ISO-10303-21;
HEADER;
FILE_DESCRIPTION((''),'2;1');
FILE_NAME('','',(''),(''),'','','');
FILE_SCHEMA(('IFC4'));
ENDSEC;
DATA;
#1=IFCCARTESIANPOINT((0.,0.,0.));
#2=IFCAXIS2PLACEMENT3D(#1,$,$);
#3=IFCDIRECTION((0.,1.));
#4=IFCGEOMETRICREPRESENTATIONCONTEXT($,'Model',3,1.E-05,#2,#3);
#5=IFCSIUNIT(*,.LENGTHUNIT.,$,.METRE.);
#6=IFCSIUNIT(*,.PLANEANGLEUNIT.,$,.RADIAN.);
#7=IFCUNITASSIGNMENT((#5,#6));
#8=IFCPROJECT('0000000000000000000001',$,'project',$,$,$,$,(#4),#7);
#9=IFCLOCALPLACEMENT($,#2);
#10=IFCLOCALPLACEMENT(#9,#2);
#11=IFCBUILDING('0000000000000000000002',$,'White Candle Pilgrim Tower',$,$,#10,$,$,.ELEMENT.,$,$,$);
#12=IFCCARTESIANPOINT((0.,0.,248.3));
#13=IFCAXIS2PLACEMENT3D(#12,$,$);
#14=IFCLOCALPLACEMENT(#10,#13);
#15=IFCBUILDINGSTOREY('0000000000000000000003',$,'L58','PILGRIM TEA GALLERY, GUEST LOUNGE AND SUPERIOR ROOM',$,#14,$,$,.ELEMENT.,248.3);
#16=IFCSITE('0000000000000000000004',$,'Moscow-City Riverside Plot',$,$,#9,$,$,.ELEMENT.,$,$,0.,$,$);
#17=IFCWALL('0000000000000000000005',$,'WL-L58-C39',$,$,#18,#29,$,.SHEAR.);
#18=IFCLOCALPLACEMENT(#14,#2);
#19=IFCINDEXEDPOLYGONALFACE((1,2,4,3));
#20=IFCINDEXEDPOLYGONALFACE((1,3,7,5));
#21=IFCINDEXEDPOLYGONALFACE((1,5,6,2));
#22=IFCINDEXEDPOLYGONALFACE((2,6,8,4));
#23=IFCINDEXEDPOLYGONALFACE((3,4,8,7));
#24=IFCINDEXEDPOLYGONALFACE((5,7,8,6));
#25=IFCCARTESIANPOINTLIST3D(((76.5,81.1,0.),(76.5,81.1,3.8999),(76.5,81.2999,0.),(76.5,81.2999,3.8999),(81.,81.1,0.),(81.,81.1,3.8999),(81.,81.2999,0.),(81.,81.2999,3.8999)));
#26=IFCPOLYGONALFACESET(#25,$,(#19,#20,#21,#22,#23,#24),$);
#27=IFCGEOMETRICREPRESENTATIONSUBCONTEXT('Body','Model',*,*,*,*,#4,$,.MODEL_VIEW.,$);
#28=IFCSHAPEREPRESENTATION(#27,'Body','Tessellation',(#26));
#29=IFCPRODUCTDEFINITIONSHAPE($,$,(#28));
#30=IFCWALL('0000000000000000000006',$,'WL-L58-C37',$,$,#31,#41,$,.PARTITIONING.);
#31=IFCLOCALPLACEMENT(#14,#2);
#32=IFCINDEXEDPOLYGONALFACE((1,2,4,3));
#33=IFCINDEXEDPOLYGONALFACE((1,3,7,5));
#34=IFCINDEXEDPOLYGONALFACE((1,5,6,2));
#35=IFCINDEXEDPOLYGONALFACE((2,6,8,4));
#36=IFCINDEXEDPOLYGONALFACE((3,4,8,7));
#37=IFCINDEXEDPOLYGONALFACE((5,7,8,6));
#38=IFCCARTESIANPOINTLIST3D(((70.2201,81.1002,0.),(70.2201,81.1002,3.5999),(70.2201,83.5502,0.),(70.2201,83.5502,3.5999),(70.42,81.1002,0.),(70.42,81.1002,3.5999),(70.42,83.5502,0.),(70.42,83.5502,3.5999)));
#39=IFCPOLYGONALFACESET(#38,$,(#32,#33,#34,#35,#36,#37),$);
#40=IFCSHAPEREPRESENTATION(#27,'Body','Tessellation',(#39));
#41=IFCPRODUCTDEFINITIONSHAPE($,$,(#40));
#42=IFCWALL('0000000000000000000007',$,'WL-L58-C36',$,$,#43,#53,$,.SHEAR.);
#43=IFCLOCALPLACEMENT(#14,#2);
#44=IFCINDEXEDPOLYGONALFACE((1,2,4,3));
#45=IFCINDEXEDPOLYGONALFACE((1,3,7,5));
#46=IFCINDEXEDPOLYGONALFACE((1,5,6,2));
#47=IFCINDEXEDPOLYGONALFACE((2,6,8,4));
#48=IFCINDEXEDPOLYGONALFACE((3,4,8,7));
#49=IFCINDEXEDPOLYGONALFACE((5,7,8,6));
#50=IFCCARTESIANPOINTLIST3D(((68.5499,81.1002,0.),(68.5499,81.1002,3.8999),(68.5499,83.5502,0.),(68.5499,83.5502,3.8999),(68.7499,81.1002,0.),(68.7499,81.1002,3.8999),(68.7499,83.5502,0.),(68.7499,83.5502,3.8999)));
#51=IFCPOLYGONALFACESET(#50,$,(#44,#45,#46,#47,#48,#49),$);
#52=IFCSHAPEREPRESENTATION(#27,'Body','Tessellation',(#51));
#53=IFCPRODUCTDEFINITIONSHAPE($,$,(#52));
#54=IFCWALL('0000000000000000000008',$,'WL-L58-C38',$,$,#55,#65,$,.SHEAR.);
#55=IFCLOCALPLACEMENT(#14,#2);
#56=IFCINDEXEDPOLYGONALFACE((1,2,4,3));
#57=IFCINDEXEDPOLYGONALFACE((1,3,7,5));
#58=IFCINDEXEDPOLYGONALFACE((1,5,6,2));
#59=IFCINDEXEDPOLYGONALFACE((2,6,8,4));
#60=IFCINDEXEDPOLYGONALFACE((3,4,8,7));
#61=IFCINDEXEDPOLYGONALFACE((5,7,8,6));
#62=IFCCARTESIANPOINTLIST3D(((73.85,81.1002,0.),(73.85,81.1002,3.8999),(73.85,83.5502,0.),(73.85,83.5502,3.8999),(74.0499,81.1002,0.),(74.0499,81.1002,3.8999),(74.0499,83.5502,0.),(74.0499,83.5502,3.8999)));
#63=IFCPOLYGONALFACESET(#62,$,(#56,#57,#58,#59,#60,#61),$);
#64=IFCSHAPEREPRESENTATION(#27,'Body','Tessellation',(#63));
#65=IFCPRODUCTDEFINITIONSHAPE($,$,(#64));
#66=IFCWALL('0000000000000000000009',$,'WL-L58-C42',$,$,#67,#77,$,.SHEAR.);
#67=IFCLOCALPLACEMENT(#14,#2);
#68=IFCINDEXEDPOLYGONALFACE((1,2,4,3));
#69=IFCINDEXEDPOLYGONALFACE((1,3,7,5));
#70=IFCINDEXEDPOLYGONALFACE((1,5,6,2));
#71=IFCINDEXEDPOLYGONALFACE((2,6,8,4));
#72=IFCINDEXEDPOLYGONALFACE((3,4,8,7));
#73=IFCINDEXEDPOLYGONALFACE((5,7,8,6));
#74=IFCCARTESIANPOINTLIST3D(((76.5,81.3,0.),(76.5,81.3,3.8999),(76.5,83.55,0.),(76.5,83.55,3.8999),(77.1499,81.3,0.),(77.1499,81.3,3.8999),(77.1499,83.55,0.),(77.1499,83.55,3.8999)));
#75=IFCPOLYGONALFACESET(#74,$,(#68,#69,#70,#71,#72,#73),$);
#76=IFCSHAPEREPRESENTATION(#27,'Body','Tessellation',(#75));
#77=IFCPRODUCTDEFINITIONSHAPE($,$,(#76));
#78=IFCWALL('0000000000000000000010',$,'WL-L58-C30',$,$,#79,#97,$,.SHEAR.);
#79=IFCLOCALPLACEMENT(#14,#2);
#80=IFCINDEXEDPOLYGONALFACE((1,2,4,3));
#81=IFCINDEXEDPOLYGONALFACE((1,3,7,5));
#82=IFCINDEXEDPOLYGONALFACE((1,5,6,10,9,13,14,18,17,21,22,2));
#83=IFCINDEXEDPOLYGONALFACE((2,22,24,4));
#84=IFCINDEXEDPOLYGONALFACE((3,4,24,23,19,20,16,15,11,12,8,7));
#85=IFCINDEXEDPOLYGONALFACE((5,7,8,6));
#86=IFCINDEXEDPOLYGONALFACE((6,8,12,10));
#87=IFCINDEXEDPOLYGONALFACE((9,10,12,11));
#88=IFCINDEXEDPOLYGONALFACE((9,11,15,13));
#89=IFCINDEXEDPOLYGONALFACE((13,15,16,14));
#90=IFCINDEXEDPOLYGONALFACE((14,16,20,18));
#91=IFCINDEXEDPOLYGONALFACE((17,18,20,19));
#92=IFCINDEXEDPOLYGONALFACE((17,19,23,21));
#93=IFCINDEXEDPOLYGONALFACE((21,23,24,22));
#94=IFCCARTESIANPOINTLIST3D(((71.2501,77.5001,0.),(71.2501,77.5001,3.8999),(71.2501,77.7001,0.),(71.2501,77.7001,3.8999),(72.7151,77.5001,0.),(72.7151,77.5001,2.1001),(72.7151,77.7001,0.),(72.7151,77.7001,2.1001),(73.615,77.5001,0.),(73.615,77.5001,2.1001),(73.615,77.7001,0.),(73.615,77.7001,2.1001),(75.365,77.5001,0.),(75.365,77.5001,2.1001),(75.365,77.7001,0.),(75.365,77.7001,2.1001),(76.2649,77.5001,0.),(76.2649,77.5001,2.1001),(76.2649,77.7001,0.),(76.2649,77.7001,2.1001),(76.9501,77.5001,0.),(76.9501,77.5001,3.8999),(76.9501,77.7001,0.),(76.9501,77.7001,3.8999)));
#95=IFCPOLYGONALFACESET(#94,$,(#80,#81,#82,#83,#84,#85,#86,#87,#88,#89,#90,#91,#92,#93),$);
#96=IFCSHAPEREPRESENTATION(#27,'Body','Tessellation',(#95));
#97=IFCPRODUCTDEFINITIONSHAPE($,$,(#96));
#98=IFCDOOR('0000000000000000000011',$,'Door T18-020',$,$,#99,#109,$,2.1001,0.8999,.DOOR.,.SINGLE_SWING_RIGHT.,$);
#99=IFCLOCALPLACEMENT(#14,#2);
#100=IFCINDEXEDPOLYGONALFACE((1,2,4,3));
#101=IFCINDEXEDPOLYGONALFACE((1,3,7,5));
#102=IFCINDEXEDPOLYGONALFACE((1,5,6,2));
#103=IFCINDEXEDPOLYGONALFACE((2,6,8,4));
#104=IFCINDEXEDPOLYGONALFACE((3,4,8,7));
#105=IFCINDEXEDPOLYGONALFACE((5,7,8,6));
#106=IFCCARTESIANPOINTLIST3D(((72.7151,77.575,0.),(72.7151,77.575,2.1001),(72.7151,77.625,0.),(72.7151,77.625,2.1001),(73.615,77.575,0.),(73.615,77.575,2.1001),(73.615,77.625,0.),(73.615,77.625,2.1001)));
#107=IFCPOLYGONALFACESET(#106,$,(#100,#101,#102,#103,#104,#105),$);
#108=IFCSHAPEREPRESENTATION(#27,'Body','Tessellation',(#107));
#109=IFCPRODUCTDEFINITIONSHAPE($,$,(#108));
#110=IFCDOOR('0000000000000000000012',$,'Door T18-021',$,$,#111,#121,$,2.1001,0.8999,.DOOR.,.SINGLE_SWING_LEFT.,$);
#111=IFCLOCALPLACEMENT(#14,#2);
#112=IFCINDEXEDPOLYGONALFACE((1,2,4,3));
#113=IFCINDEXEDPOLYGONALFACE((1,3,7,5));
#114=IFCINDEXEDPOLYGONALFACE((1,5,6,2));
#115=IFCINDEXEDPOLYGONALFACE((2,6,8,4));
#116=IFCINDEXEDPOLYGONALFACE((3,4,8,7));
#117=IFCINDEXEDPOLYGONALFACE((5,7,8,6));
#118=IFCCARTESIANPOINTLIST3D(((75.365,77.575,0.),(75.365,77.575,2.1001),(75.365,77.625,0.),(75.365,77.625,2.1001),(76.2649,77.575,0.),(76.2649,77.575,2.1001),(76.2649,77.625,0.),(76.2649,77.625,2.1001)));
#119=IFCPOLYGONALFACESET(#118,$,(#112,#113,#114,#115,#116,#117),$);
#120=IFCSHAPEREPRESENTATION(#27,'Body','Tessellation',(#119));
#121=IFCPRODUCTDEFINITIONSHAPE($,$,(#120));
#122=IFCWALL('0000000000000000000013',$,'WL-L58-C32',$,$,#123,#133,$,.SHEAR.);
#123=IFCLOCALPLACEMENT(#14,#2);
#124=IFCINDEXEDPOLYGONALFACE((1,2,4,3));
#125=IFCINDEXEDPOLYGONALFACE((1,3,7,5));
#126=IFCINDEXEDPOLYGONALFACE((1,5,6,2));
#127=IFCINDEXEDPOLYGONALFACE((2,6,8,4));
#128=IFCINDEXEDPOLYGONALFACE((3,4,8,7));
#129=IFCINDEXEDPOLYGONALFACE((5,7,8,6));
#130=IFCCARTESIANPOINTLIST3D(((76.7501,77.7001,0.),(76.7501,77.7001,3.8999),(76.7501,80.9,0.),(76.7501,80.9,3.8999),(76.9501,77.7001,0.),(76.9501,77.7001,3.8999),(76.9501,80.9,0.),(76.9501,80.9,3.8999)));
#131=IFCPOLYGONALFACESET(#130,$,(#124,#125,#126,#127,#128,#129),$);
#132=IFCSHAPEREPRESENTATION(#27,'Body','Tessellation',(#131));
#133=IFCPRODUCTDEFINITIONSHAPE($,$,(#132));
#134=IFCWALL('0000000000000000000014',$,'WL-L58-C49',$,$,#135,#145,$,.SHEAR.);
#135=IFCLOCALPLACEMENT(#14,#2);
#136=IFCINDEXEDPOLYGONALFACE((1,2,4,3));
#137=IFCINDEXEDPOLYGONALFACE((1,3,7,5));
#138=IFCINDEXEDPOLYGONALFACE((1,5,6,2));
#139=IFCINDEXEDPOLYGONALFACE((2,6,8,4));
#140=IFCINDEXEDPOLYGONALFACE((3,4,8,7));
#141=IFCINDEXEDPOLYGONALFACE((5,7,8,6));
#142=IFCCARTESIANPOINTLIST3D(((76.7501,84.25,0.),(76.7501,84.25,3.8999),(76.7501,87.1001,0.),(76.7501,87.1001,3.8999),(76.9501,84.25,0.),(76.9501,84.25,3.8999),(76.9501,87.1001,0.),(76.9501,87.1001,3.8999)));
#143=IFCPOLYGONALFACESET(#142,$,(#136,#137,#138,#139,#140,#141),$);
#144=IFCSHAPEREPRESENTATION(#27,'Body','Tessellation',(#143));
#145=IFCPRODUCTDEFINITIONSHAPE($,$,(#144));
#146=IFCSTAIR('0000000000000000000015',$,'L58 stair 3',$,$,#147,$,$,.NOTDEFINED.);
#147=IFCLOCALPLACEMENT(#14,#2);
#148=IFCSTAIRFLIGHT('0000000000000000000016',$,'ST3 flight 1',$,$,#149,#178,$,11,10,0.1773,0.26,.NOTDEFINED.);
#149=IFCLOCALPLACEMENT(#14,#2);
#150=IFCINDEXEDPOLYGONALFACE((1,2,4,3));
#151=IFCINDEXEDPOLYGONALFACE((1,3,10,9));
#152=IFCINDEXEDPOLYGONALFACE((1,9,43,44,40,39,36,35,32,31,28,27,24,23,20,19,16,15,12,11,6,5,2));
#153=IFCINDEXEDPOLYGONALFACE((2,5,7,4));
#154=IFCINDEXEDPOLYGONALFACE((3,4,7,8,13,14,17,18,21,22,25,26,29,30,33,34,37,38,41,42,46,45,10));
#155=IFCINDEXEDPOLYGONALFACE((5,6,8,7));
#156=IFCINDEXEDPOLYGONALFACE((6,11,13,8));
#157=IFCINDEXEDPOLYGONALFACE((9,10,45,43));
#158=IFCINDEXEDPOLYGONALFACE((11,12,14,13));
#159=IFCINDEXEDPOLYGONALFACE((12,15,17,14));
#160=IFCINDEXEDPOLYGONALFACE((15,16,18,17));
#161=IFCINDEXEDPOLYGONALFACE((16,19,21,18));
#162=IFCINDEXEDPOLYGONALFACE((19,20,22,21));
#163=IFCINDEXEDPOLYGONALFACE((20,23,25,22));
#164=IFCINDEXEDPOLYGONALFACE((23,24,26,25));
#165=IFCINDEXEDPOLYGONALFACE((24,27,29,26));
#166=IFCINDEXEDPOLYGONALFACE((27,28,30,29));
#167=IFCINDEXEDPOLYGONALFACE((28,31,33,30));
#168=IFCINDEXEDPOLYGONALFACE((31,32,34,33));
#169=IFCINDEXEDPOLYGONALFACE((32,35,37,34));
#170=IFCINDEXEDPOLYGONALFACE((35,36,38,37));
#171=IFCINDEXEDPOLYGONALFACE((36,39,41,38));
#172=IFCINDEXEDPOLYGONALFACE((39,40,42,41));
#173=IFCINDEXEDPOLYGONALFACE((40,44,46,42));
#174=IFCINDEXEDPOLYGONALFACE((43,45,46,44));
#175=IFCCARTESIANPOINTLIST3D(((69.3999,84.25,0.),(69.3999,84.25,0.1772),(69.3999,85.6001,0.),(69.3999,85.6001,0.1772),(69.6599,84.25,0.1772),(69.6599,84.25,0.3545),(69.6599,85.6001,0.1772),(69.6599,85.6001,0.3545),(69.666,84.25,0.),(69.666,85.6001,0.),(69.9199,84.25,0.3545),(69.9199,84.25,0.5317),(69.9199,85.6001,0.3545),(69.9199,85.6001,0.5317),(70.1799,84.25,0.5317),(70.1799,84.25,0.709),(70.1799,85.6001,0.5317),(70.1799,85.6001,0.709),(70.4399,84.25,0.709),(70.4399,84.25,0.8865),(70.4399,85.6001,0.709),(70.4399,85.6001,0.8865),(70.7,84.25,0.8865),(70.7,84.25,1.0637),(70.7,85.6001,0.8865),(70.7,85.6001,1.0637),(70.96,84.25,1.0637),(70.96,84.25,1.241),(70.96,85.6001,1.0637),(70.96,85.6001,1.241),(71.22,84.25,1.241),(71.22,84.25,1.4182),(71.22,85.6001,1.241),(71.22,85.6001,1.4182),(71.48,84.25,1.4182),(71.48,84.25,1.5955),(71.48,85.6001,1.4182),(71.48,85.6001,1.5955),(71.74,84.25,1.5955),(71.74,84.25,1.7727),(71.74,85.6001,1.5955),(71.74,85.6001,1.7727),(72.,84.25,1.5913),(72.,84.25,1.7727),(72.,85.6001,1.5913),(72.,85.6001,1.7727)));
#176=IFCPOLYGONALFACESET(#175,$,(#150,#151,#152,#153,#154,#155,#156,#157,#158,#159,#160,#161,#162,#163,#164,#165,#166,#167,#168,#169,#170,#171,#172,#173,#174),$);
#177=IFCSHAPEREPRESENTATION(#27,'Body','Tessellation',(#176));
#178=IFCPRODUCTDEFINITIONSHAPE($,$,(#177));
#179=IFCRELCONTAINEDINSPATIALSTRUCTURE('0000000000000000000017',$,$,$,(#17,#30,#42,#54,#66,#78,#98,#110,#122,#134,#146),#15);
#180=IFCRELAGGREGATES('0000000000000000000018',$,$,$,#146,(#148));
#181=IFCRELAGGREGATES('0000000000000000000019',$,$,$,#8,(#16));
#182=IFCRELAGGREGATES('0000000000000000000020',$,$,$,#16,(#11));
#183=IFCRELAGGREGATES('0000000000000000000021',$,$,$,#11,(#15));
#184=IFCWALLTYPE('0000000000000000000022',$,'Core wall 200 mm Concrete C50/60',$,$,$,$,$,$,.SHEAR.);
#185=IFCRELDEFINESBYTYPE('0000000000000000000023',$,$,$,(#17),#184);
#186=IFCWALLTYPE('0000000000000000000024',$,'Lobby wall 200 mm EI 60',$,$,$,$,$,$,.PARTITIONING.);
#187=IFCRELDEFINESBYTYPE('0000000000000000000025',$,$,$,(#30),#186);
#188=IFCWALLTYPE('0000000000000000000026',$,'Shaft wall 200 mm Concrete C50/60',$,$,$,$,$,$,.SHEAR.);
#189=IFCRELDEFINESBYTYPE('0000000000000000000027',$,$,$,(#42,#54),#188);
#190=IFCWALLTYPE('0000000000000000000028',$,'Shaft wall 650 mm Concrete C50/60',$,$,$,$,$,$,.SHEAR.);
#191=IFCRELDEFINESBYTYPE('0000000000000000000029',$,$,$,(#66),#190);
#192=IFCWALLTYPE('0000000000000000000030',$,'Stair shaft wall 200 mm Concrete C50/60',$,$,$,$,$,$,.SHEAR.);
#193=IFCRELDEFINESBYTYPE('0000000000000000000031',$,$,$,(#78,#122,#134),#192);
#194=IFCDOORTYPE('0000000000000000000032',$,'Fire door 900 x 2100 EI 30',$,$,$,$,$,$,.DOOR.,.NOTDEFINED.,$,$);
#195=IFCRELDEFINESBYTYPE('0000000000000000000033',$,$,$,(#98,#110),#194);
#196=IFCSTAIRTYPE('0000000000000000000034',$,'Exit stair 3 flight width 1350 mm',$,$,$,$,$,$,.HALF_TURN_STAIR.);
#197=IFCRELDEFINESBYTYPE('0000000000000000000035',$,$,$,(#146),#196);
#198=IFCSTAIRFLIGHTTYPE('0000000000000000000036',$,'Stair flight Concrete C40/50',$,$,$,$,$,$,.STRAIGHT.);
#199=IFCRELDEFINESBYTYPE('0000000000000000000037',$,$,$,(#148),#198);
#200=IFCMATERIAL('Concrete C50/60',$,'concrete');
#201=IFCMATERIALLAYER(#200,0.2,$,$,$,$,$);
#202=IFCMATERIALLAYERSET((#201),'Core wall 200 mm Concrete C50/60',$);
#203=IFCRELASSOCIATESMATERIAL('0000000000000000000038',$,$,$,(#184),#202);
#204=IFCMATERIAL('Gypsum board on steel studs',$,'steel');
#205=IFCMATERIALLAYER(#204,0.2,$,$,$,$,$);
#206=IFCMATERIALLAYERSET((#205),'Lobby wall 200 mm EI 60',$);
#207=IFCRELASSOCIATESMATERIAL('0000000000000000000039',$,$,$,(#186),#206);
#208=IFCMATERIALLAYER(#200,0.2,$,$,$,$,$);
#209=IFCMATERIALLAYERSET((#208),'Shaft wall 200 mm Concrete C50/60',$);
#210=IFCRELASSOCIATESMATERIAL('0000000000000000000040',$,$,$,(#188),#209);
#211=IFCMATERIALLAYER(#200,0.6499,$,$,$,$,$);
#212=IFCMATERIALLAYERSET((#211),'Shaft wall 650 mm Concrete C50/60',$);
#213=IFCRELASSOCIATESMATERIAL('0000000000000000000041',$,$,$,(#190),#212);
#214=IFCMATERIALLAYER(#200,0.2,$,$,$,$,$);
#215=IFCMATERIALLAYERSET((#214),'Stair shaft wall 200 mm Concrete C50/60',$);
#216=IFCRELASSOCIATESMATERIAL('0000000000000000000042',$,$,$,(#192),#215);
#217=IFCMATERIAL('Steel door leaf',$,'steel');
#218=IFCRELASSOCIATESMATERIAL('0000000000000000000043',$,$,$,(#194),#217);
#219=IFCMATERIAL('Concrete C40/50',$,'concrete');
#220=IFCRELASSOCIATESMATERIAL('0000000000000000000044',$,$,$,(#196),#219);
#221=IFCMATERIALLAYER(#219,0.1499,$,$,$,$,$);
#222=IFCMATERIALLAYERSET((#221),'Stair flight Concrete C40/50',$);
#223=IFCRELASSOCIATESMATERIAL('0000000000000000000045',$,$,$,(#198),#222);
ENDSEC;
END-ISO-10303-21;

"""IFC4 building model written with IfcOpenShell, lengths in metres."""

from ifc_helpers import new_model, si_unit, direction, frame, frame_2d, origin, place, context, subcontext, project, spatial, polyline, rectangle, outline, extrude, material, layer, layer_set, type_object, element, fill, aggregate, save


model = new_model("IFC4")

# Units and contexts
model_context = context("Model", 3, precision=1e-05, world=origin(), true_north=direction((0.0, 1.0)))
body_context = subcontext(model_context, "Body", "Model", "MODEL_VIEW")
ifc_project = project(units=[si_unit("LENGTHUNIT", "METRE"), si_unit("PLANEANGLEUNIT", "RADIAN")], contexts=[model_context])

# Site, building, storey
site_placement = place(None, origin())
site = spatial("IfcSite", under=ifc_project, at=site_placement, Name="Moscow-City Riverside Plot", CompositionType="ELEMENT", RefElevation=0.0)
building_placement = place(site_placement, origin())
building = spatial("IfcBuilding", under=site, at=building_placement, Name="White Candle Pilgrim Tower", CompositionType="ELEMENT")
storey_placement = place(building_placement, frame((0.0, 0.0, 248.3)))
storey = spatial("IfcBuildingStorey", under=building, at=storey_placement, Name="L58", Description="PILGRIM TEA GALLERY, GUEST LOUNGE AND SUPERIOR ROOM", CompositionType="ELEMENT", Elevation=248.3)

# Walls
ifc_material_1 = material(Name="Concrete C50/60", Category="concrete")
ifc_layer_1 = layer(ifc_material_1, 0.2)
ifc_layer_set_1 = layer_set([ifc_layer_1], Name="Core wall 200 mm Concrete C50/60")
wall_type_1 = type_object("IfcWallType", Name="Core wall 200 mm Concrete C50/60", PredefinedType="SHEAR", material=ifc_layer_set_1)
wall_1_placement = place(storey_placement, frame((76.5, 81.2, 0.0), z_axis=(0.0, 0.0, 1.0), x_axis=(1.0, 0.0, 0.0)))
element("IfcWall", 1, at=wall_1_placement, inside=storey, type_object=wall_type_1, Name="WL-L58-C39", PredefinedType="SHEAR", context=body_context, shape_type="SweptSolid", body=[
    extrude(rectangle(XDim=4.5, YDim=0.2, at=frame_2d((2.25, 0.0))), origin(), (0.0, 0.0, 1.0), 3.8999),
])
ifc_material_2 = material(Name="Gypsum board on steel studs", Category="steel")
ifc_layer_2 = layer(ifc_material_2, 0.2)
ifc_layer_set_2 = layer_set([ifc_layer_2], Name="Lobby wall 200 mm EI 60")
wall_type_2 = type_object("IfcWallType", Name="Lobby wall 200 mm EI 60", PredefinedType="PARTITIONING", material=ifc_layer_set_2)
wall_2_placement = place(storey_placement, frame((70.3201, 81.1001, 0.0), z_axis=(0.0, 0.0, 1.0), x_axis=(0.0, 1.0, 0.0)))
element("IfcWall", 2, at=wall_2_placement, inside=storey, type_object=wall_type_2, Name="WL-L58-C37", PredefinedType="PARTITIONING", context=body_context, shape_type="SweptSolid", body=[
    extrude(rectangle(XDim=2.45, YDim=0.2, at=frame_2d((1.2251, 0.0))), origin(), (0.0, 0.0, 1.0), 3.5999),
])
ifc_layer_3 = layer(ifc_material_1, 0.2)
ifc_layer_set_3 = layer_set([ifc_layer_3], Name="Shaft wall 200 mm Concrete C50/60")
wall_type_3 = type_object("IfcWallType", Name="Shaft wall 200 mm Concrete C50/60", PredefinedType="SHEAR", material=ifc_layer_set_3)
for number, where, z_axis, x_axis, name in (
    (3, (68.6499, 81.1001, 0.0), (0.0, 0.0, 1.0), (0.0, 1.0, 0.0), "WL-L58-C36"),
    (4, (73.95, 81.1001, 0.0), (0.0, 0.0, 1.0), (0.0, 1.0, 0.0), "WL-L58-C38"),
):
    element("IfcWall", number, at=place(storey_placement, frame(where, z_axis=z_axis, x_axis=x_axis)), inside=storey, type_object=wall_type_3, Name=name, PredefinedType="SHEAR", context=body_context, shape_type="SweptSolid", body=[
        extrude(rectangle(XDim=2.45, YDim=0.2, at=frame_2d((1.2251, 0.0))), origin(), (0.0, 0.0, 1.0), 3.8999),
    ])
ifc_layer_4 = layer(ifc_material_1, 0.6499)
ifc_layer_set_4 = layer_set([ifc_layer_4], Name="Shaft wall 650 mm Concrete C50/60")
wall_type_4 = type_object("IfcWallType", Name="Shaft wall 650 mm Concrete C50/60", PredefinedType="SHEAR", material=ifc_layer_set_4)
wall_3_placement = place(storey_placement, frame((76.825, 81.3, 0.0), z_axis=(0.0, 0.0, 1.0), x_axis=(0.0, 1.0, 0.0)))
element("IfcWall", 5, at=wall_3_placement, inside=storey, type_object=wall_type_4, Name="WL-L58-C42", PredefinedType="SHEAR", context=body_context, shape_type="SweptSolid", body=[
    extrude(rectangle(XDim=2.25, YDim=0.6499, at=frame_2d((1.125, 0.0))), origin(), (0.0, 0.0, 1.0), 3.8999),
])

# Wall, openings, doors
ifc_layer_5 = layer(ifc_material_1, 0.2)
ifc_layer_set_5 = layer_set([ifc_layer_5], Name="Stair shaft wall 200 mm Concrete C50/60")
wall_type_5 = type_object("IfcWallType", Name="Stair shaft wall 200 mm Concrete C50/60", PredefinedType="SHEAR", material=ifc_layer_set_5)
wall_4_placement = place(storey_placement, frame((71.25, 77.6001, 0.0), z_axis=(0.0, 0.0, 1.0), x_axis=(1.0, 0.0, 0.0)))
wall_4 = element("IfcWall", 6, at=wall_4_placement, inside=storey, type_object=wall_type_5, Name="WL-L58-C30", PredefinedType="SHEAR", context=body_context, shape_type="SweptSolid", body=[
    extrude(rectangle(XDim=5.7, YDim=0.2, at=frame_2d((2.8501, 0.0))), origin(), (0.0, 0.0, 1.0), 3.8999),
])
opening_1_placement = place(wall_4_placement, frame((1.4651, 0.0, 0.0)))
opening_1 = element("IfcOpeningElement", 7, at=opening_1_placement, cuts=wall_4, PredefinedType="OPENING", context=body_context, shape_type="SweptSolid", body=[
    extrude(rectangle(XDim=0.8999, YDim=2.1001, at=frame_2d((0.45, 1.05))), frame((0.0, 0.1099, 0.0), z_axis=(0.0, -1.0, 0.0), x_axis=(1.0, 0.0, 0.0)), (0.0, 0.0, 1.0), 0.22),
])
opening_2_placement = place(wall_4_placement, frame((4.115, 0.0, 0.0)))
opening_2 = element("IfcOpeningElement", 8, at=opening_2_placement, cuts=wall_4, PredefinedType="OPENING", context=body_context, shape_type="SweptSolid", body=[
    extrude(rectangle(XDim=0.8999, YDim=2.1001, at=frame_2d((0.45, 1.05))), frame((0.0, 0.1099, 0.0), z_axis=(0.0, -1.0, 0.0), x_axis=(1.0, 0.0, 0.0)), (0.0, 0.0, 1.0), 0.22),
])
ifc_material_3 = material(Name="Steel door leaf", Category="steel")
door_type = type_object("IfcDoorType", Name="Fire door 900 x 2100 EI 30", OperationType="NOTDEFINED", PredefinedType="DOOR", material=ifc_material_3)
door_1_placement = place(opening_1_placement, origin())
door_1 = element("IfcDoor", 9, at=door_1_placement, inside=storey, type_object=door_type, Name="Door T18-020", OperationType="SINGLE_SWING_RIGHT", OverallHeight=2.1001, OverallWidth=0.8999, PredefinedType="DOOR", context=body_context, shape_type="SweptSolid", body=[
    extrude(rectangle(XDim=0.8999, YDim=2.1001, at=frame_2d((0.45, 1.05))), frame((0.0, 0.0249, 0.0), z_axis=(0.0, -1.0, 0.0), x_axis=(1.0, 0.0, 0.0)), (0.0, 0.0, 1.0), 0.05),
])
fill(opening_1, door_1)
door_2_placement = place(opening_2_placement, origin())
door_2 = element("IfcDoor", 10, at=door_2_placement, inside=storey, type_object=door_type, Name="Door T18-021", OperationType="SINGLE_SWING_LEFT", OverallHeight=2.1001, OverallWidth=0.8999, PredefinedType="DOOR", context=body_context, shape_type="SweptSolid", body=[
    extrude(rectangle(XDim=0.8999, YDim=2.1001, at=frame_2d((0.45, 1.05))), frame((0.0, 0.0249, 0.0), z_axis=(0.0, -1.0, 0.0), x_axis=(1.0, 0.0, 0.0)), (0.0, 0.0, 1.0), 0.05),
])
fill(opening_2, door_2)

# Walls
wall_5_placement = place(storey_placement, frame((76.8501, 77.7, 0.0), z_axis=(0.0, 0.0, 1.0), x_axis=(0.0, 1.0, 0.0)))
element("IfcWall", 11, at=wall_5_placement, inside=storey, type_object=wall_type_5, Name="WL-L58-C32", PredefinedType="SHEAR", context=body_context, shape_type="SweptSolid", body=[
    extrude(rectangle(XDim=3.2, YDim=0.2, at=frame_2d((1.6001, 0.0))), origin(), (0.0, 0.0, 1.0), 3.8999),
])
wall_6_placement = place(storey_placement, frame((76.8501, 84.25, 0.0), z_axis=(0.0, 0.0, 1.0), x_axis=(0.0, 1.0, 0.0)))
element("IfcWall", 12, at=wall_6_placement, inside=storey, type_object=wall_type_5, Name="WL-L58-C49", PredefinedType="SHEAR", context=body_context, shape_type="SweptSolid", body=[
    extrude(rectangle(XDim=2.8501, YDim=0.2, at=frame_2d((1.425, 0.0))), origin(), (0.0, 0.0, 1.0), 3.8999),
])

# Stair, stair flight
ifc_material_4 = material(Name="Concrete C40/50", Category="concrete")
stair_type = type_object("IfcStairType", Name="Exit stair 3 flight width 1350 mm", PredefinedType="HALF_TURN_STAIR", material=ifc_material_4)
stair_placement = place(storey_placement, origin())
stair = element("IfcStair", 13, at=stair_placement, inside=storey, type_object=stair_type, Name="L58 stair 3", PredefinedType="NOTDEFINED")
ifc_layer_6 = layer(ifc_material_4, 0.1499)
ifc_layer_set_6 = layer_set([ifc_layer_6], Name="Stair flight Concrete C40/50")
stair_flight_type = type_object("IfcStairFlightType", Name="Stair flight Concrete C40/50", PredefinedType="STRAIGHT", material=ifc_layer_set_6)
stair_flight_1_placement = place(storey_placement, frame((69.3999, 84.925, 0.0), z_axis=(0.0, 0.0, 1.0), x_axis=(1.0, 0.0, 0.0)))
stair_flight_1 = element("IfcStairFlight", 14, at=stair_flight_1_placement, type_object=stair_flight_type, Name="ST3 flight 1", NumberOfRisers=11, NumberOfTreads=10, PredefinedType="NOTDEFINED", RiserHeight=0.1773, TreadLength=0.26, context=body_context, shape_type="SweptSolid", body=[
    extrude(outline(polyline([(0.0, 0.0), (0.0, 0.1772), (0.26, 0.1772), (0.26, 0.3545), (0.52, 0.3545), (0.52, 0.5317), (0.78, 0.5317), (0.78, 0.709), (1.04, 0.709), (1.04, 0.8865), (1.3, 0.8865), (1.3, 1.0637), (1.5601, 1.0637), (1.5601, 1.241), (1.8201, 1.241), (1.8201, 1.4182), (2.0801, 1.4182), (2.0801, 1.5955), (2.3401, 1.5955), (2.3401, 1.7727), (2.6001, 1.7727), (2.6001, 1.95), (2.6001, 1.5913), (0.2661, 0.0), (0.0, 0.0)])), frame((0.0, 0.675, 0.0), z_axis=(0.0, -1.0, 0.0), x_axis=(1.0, 0.0, 0.0)), (0.0, 0.0, 1.0), 1.3501),
])
aggregate(stair, [stair_flight_1])

save(model, "model.ifc")
